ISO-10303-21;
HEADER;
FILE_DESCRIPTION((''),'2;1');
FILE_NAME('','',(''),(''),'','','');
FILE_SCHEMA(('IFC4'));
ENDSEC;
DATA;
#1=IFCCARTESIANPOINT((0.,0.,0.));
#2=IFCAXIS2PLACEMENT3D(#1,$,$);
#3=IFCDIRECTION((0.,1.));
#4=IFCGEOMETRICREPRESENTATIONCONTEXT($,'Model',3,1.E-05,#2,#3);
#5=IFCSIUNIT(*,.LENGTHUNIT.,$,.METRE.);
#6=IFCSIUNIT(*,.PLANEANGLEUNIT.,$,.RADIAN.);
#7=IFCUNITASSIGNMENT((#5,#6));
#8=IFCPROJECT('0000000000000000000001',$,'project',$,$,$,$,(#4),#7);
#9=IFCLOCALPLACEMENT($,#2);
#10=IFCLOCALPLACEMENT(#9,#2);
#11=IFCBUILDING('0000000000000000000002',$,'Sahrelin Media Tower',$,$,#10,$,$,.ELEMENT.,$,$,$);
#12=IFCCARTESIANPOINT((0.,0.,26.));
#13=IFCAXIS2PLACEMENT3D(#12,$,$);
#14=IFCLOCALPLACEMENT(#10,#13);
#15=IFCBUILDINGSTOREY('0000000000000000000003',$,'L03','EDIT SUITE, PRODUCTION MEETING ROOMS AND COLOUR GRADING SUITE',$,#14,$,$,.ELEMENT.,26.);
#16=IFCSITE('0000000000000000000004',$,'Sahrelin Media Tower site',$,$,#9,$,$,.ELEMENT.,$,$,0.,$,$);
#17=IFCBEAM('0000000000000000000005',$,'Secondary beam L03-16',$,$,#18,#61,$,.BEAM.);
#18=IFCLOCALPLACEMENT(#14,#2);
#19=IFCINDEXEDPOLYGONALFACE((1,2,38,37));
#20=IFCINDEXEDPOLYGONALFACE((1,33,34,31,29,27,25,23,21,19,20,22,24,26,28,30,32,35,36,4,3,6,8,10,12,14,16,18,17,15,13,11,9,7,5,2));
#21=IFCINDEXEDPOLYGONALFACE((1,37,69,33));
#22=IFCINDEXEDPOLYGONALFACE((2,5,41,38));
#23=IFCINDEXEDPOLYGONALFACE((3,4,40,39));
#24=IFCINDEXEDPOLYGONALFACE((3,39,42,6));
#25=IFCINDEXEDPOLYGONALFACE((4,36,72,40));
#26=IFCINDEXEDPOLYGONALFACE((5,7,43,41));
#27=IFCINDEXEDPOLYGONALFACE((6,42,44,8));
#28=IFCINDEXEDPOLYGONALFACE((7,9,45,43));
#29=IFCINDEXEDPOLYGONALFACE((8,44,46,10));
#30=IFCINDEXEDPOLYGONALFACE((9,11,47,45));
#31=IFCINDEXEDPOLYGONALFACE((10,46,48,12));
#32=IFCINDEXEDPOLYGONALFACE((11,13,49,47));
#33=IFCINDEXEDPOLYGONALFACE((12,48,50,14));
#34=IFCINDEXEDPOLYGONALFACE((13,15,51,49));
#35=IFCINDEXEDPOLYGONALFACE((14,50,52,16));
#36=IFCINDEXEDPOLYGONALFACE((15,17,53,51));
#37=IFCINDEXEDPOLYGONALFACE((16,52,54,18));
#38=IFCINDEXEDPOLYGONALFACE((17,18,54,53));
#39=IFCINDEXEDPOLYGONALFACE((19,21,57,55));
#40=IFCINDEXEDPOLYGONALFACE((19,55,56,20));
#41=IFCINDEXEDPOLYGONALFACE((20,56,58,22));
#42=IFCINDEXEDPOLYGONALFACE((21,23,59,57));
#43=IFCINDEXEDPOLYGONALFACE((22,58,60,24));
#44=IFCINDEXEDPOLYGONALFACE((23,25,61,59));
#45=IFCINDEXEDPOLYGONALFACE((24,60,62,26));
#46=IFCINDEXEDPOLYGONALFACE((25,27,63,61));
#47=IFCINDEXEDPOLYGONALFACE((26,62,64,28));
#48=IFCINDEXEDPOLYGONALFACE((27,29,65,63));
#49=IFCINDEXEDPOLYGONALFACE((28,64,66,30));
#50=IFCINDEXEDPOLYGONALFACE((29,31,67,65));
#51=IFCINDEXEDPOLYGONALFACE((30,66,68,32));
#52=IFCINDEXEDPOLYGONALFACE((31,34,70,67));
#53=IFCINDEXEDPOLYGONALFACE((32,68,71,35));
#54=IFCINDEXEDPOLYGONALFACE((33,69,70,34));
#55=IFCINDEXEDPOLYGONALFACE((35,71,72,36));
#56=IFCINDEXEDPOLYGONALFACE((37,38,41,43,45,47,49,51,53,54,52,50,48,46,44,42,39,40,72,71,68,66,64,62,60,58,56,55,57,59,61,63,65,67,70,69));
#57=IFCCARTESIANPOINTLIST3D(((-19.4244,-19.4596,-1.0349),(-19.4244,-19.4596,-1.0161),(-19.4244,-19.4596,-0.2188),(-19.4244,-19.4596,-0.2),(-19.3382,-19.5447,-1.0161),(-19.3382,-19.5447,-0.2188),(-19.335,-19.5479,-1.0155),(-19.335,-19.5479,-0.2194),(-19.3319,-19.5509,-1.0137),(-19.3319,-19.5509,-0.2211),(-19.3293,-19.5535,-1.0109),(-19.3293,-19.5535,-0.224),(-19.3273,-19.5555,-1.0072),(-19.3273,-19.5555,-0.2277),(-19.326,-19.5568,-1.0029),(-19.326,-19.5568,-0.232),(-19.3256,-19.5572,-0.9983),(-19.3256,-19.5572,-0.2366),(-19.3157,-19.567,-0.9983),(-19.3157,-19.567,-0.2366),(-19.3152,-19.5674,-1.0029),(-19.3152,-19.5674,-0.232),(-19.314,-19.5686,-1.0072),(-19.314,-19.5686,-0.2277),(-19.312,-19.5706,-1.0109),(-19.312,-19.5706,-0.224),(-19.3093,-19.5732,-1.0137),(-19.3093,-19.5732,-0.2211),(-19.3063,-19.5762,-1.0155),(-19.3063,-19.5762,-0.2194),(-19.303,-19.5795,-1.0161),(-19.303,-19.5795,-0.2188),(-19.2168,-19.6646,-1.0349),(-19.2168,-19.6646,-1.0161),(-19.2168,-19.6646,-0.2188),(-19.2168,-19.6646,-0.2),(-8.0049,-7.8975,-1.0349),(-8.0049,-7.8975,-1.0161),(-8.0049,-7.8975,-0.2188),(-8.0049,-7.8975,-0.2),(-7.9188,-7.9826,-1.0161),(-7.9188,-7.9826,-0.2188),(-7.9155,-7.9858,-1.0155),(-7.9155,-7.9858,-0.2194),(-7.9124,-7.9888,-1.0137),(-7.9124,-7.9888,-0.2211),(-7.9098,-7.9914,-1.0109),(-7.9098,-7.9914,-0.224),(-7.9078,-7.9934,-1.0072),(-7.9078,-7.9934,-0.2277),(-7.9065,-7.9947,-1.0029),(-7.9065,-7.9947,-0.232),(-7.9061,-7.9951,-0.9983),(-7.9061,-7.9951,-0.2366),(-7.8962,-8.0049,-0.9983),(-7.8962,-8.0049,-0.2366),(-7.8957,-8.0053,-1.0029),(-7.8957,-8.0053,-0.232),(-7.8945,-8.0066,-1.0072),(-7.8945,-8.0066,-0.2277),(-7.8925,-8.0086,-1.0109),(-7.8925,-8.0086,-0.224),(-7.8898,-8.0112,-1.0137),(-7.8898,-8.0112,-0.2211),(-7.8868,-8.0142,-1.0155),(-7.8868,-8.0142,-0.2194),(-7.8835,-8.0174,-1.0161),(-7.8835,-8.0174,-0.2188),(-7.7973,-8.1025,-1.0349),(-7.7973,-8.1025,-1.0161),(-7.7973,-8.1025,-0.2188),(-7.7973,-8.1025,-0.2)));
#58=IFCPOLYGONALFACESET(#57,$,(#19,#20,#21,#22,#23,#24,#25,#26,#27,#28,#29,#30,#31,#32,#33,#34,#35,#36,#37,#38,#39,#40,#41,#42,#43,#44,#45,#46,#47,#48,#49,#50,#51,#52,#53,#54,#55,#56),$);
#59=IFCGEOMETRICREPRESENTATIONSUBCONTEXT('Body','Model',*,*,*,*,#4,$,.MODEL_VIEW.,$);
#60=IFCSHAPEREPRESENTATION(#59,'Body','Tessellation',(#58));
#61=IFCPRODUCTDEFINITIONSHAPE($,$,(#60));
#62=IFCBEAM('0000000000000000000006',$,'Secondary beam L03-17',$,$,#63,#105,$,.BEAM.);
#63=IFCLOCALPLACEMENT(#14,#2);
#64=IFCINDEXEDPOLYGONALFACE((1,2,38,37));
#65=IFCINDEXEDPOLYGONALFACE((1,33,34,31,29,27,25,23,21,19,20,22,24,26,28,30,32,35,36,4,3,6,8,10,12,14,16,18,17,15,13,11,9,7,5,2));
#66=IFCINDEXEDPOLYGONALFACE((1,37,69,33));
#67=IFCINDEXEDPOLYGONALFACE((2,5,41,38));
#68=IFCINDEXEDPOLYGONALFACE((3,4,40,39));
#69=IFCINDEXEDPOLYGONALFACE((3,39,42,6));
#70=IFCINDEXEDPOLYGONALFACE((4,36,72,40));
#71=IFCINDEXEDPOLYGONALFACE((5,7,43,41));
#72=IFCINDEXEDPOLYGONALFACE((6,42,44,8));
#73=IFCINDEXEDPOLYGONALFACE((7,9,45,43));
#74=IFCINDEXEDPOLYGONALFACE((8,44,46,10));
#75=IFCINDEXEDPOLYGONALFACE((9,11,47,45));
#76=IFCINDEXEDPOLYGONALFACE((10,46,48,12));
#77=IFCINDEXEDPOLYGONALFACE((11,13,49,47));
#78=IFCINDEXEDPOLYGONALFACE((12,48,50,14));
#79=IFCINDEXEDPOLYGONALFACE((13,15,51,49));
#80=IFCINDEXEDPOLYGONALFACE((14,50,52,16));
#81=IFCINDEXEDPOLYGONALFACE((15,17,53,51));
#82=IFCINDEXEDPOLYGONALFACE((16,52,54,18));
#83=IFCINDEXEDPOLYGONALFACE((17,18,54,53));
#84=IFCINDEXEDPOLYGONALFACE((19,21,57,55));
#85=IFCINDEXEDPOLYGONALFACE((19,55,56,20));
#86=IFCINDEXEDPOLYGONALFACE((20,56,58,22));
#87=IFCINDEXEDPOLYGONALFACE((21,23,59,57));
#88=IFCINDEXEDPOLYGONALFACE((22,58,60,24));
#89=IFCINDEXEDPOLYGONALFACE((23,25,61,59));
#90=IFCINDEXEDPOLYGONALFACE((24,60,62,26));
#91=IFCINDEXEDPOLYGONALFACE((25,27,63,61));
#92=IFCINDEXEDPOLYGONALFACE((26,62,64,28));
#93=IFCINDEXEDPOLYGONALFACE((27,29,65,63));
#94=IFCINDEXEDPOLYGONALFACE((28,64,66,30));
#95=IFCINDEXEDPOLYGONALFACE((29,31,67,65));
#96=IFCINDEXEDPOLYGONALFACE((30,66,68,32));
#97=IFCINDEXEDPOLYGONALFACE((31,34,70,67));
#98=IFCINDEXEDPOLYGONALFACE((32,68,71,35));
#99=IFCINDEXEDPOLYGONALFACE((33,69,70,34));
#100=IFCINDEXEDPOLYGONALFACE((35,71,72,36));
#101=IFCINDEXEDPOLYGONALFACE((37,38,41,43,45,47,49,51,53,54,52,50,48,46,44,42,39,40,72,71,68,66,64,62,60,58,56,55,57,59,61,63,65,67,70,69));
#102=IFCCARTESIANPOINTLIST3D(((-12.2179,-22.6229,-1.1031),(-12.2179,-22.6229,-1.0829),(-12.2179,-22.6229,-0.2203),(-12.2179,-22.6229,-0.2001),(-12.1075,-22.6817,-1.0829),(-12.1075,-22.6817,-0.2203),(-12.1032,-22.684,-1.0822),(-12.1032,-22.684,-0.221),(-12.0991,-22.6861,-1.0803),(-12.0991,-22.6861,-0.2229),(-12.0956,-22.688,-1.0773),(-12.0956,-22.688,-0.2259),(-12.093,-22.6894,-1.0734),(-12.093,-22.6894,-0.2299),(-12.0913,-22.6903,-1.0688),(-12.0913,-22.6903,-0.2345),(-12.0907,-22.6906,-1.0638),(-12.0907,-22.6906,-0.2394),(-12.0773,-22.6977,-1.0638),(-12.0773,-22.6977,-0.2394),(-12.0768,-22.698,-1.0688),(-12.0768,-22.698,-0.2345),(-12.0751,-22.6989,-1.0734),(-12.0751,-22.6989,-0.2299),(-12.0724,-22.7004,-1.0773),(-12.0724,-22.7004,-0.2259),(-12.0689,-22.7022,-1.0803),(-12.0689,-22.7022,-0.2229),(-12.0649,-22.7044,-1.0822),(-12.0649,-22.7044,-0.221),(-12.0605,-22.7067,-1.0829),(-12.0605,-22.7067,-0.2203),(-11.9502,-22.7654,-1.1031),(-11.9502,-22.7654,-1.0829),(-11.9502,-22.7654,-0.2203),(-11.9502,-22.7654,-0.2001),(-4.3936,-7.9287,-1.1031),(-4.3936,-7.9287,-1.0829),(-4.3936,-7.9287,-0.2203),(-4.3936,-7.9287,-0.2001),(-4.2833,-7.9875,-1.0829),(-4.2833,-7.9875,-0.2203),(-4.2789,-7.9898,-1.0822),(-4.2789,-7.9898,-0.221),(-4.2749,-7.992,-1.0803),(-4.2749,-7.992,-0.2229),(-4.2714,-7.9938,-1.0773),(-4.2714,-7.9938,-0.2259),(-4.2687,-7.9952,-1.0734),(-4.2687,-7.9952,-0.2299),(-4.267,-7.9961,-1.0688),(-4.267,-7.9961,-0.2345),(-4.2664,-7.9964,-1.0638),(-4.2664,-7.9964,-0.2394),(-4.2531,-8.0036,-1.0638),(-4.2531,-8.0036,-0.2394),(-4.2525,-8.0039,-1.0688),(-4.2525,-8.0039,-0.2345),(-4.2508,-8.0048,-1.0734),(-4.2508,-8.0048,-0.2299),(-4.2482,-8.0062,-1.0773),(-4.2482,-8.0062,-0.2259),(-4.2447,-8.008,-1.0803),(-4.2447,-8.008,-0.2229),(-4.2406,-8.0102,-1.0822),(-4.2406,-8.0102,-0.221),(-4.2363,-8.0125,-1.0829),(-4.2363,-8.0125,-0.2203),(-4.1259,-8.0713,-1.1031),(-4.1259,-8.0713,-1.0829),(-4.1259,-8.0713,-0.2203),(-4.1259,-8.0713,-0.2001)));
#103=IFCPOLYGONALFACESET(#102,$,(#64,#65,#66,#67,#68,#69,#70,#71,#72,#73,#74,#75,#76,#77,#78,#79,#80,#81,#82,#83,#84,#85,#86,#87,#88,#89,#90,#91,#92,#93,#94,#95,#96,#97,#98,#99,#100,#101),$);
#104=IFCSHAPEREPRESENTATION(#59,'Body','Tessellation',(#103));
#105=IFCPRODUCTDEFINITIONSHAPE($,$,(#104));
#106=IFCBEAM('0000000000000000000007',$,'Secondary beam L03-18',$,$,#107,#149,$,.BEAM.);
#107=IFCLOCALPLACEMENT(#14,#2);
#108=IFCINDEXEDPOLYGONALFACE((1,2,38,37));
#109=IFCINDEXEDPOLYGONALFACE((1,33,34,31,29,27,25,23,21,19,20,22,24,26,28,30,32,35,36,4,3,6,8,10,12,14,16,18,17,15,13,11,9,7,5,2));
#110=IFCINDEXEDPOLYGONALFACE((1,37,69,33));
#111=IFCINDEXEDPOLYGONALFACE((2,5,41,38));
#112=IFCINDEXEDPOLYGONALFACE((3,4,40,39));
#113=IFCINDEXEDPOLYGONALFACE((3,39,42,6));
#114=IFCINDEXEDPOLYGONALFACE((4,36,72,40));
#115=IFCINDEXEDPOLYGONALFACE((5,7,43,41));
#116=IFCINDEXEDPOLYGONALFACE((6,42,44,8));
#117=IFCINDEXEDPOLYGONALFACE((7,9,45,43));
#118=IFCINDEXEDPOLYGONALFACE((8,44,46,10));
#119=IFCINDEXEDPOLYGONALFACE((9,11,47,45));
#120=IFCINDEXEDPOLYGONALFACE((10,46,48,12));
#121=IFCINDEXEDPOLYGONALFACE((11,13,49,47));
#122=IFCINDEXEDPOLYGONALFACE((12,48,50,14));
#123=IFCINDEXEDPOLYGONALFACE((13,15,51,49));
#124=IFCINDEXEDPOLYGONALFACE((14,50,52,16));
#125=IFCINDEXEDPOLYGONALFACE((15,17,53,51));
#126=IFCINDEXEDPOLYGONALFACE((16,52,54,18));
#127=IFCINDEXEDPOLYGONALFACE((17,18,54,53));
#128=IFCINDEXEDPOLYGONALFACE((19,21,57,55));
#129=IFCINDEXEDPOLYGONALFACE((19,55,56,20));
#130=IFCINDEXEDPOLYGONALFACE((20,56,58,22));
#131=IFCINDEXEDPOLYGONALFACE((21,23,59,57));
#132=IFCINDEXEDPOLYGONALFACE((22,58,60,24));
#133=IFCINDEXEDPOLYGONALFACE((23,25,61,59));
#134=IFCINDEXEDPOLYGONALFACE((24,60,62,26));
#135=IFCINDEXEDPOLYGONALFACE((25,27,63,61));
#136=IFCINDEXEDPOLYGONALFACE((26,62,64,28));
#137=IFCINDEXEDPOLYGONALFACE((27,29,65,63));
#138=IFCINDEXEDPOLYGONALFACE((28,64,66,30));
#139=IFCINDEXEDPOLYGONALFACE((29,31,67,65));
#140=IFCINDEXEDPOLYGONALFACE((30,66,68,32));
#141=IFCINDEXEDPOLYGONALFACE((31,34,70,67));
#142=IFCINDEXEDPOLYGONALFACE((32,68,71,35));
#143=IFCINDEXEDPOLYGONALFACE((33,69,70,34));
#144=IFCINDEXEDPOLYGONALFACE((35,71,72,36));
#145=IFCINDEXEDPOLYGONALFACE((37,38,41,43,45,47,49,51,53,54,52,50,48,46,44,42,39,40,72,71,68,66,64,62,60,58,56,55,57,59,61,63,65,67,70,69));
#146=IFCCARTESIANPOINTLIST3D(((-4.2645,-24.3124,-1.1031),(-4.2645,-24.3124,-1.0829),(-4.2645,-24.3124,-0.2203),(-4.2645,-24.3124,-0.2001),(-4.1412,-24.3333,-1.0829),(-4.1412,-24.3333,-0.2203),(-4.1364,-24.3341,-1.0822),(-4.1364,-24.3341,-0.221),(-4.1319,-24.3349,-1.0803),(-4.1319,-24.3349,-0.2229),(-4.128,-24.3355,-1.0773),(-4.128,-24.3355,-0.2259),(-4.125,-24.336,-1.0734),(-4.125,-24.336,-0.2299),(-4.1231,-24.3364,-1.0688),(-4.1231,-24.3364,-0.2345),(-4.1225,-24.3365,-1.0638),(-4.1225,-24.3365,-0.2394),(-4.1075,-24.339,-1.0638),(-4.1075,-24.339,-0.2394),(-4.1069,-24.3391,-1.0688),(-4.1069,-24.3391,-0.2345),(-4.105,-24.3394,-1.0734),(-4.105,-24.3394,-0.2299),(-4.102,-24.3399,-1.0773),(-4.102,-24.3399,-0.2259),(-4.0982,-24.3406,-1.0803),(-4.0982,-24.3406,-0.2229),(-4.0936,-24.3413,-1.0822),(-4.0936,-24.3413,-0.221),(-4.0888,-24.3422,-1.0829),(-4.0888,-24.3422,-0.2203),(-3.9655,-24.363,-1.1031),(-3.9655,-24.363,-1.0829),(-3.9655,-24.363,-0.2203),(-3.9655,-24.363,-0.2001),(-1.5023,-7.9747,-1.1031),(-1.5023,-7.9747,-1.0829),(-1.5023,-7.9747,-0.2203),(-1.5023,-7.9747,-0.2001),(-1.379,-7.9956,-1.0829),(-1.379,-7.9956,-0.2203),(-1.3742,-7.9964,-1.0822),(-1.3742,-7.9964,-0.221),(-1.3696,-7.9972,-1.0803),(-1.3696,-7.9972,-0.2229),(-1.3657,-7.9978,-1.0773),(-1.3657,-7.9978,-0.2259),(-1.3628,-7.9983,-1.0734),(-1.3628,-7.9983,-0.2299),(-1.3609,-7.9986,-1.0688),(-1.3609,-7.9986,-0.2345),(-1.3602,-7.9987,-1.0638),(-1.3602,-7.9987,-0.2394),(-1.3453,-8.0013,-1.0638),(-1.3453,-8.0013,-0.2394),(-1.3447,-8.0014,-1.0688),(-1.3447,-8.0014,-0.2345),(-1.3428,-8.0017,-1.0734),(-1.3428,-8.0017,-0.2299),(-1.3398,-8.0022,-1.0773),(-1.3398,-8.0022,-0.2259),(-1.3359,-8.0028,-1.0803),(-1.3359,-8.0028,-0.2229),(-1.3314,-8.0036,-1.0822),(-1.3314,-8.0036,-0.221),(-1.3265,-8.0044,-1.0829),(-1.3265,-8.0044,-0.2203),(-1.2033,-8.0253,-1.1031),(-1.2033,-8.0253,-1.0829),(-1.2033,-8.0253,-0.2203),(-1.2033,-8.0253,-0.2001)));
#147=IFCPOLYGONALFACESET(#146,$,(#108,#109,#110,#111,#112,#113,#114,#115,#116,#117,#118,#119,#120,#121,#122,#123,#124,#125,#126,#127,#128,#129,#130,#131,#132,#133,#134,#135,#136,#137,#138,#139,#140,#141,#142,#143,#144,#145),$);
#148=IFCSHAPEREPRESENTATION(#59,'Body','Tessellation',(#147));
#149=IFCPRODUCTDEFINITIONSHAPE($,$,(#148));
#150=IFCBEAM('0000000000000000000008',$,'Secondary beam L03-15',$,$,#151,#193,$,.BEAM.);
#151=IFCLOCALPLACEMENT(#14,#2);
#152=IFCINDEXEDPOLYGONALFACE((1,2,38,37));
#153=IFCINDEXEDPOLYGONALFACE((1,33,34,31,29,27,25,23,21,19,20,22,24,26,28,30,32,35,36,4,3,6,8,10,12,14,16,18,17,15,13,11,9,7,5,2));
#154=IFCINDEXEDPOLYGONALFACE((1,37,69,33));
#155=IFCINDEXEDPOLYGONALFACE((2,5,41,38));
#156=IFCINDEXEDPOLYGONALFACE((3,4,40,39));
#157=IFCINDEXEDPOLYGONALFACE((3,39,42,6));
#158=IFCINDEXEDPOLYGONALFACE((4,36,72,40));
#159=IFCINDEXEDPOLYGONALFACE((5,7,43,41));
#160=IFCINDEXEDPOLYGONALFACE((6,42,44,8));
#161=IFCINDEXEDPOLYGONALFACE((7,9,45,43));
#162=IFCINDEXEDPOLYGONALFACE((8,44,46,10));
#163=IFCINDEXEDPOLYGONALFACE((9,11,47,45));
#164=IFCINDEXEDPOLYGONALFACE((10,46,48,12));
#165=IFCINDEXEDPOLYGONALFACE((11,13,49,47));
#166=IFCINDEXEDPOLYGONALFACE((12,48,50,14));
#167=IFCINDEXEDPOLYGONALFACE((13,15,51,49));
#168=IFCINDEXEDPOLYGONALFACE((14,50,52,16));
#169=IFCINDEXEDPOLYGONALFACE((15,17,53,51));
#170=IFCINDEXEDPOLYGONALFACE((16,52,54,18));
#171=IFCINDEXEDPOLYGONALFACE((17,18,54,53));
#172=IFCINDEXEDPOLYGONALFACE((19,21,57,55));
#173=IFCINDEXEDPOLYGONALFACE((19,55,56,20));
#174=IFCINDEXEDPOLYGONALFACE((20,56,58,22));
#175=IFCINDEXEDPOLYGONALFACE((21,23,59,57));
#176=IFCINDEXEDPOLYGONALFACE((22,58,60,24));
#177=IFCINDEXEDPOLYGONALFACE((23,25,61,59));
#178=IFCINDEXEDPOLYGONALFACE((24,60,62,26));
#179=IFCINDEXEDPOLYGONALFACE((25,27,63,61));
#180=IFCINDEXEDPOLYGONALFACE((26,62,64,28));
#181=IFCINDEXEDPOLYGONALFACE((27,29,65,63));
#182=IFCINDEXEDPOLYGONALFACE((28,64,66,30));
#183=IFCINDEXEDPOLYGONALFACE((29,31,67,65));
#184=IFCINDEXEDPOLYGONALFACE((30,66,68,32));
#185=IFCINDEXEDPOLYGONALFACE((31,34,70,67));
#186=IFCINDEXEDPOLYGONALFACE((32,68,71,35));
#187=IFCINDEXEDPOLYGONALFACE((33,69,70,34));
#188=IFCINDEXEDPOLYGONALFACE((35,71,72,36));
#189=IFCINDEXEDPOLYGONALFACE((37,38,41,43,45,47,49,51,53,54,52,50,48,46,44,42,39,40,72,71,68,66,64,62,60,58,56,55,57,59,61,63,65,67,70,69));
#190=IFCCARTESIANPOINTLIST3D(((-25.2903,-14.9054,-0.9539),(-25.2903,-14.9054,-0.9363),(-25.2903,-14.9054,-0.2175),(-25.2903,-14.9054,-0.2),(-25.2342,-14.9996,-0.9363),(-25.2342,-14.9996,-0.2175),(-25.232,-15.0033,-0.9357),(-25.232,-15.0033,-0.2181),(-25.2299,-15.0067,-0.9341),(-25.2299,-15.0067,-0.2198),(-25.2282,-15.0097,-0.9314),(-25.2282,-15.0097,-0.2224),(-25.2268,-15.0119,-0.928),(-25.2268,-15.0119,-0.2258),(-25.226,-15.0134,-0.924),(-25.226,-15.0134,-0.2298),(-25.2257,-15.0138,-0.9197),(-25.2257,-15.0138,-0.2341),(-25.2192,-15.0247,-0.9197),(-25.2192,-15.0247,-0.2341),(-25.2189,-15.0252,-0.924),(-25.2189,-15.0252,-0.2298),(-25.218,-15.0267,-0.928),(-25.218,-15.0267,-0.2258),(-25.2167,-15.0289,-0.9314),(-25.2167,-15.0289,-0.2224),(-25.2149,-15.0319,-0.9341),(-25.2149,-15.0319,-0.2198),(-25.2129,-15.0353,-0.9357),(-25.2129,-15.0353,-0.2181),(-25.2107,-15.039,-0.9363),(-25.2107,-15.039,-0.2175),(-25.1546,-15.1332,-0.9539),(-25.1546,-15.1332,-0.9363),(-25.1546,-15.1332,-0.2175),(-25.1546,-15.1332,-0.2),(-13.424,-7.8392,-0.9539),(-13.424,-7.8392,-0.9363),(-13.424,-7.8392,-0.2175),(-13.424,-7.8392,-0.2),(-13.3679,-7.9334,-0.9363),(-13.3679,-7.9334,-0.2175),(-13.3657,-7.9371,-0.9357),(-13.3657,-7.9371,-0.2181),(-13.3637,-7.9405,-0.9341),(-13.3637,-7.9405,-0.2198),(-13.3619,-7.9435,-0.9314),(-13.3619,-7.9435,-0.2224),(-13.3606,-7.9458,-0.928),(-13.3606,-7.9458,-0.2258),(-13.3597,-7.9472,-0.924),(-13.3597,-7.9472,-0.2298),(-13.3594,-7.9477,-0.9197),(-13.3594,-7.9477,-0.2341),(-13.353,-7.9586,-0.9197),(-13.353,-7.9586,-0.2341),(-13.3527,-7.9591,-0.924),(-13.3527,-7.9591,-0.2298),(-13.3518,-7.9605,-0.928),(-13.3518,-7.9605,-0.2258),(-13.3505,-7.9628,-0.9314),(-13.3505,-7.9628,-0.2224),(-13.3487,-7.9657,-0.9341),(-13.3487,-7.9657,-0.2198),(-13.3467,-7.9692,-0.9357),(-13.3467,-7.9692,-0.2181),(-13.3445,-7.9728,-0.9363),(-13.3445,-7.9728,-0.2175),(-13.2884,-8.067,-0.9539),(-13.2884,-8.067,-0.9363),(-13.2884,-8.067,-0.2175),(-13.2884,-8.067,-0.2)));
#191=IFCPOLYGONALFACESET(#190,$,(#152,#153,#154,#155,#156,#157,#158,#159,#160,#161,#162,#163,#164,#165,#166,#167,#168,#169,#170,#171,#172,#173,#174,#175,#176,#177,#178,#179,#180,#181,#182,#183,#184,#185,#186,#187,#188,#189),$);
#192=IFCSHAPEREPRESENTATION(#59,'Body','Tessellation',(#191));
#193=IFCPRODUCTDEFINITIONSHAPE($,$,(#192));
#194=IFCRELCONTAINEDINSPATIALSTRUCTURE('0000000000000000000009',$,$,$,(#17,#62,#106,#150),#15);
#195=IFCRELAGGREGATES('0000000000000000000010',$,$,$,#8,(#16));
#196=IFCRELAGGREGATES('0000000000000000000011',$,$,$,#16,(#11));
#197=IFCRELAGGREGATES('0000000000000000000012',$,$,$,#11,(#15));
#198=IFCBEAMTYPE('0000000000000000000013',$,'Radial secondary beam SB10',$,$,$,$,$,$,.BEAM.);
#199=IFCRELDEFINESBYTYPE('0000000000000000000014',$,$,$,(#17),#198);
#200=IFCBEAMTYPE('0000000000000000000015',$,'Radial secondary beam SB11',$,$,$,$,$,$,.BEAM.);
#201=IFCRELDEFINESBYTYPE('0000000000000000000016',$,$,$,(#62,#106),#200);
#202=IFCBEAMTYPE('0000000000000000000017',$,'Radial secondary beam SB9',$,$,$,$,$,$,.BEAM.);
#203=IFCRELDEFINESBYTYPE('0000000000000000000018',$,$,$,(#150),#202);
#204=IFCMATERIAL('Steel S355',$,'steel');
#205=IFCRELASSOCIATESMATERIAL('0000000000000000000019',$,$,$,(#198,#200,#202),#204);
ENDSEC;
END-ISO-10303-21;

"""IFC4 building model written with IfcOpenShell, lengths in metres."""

from ifc_helpers import new_model, si_unit, direction, frame, origin, origin_2d, place, context, subcontext, project, spatial, i_section, extrude, material, material_profile, profile_set, type_object, element, save


model = new_model("IFC4")

# Units and contexts
model_context = context("Model", 3, precision=1e-05, world=origin(), true_north=direction((0.0, 1.0)))
body_context = subcontext(model_context, "Body", "Model", "MODEL_VIEW")
ifc_project = project(units=[si_unit("LENGTHUNIT", "METRE"), si_unit("PLANEANGLEUNIT", "RADIAN")], contexts=[model_context])

# Site, building, storey
site_placement = place(None, origin())
site = spatial("IfcSite", under=ifc_project, at=site_placement, Name="Sahrelin Media Tower site", CompositionType="ELEMENT", RefElevation=0.0)
building_placement = place(site_placement, origin())
building = spatial("IfcBuilding", under=site, at=building_placement, Name="Sahrelin Media Tower", CompositionType="ELEMENT")
storey_placement = place(building_placement, frame((0.0, 0.0, 26.0)))
storey = spatial("IfcBuildingStorey", under=building, at=storey_placement, Name="L03", Description="EDIT SUITE, PRODUCTION MEETING ROOMS AND COLOUR GRADING SUITE", CompositionType="ELEMENT", Elevation=26.0)

# Beams
ifc_material_1 = material(Name="Steel S355", Category="steel")
ifc_material_profile_1 = material_profile(ifc_material_1, i_section(OverallWidth=0.2917, OverallDepth=0.835, WebThickness=0.0139, FlangeThickness=0.0188, FilletRadius=0.0178, at=origin_2d()), Name="UB 838x292x176")
ifc_profile_set_1 = profile_set([ifc_material_profile_1], Name="Steel S355")
beam_type_1 = type_object("IfcBeamType", Name="Radial secondary beam SB10", PredefinedType="BEAM", material=ifc_profile_set_1)
beam_1_placement = place(storey_placement, frame((-7.9011, -8.0, -0.6174), z_axis=(-0.702706, -0.71148, 0.0), x_axis=(0.71148, -0.702706, 0.0)))
element("IfcBeam", 1, at=beam_1_placement, inside=storey, type_object=beam_type_1, Name="Secondary beam L03-16", PredefinedType="BEAM", context=body_context, shape_type="SweptSolid", body=[
    extrude(i_section(OverallWidth=0.2917, OverallDepth=0.835, WebThickness=0.0139, FlangeThickness=0.0188, FilletRadius=0.0178, at=origin_2d()), origin(), (0.0, 0.0, 1.0), 16.2507),
])
ifc_material_profile_2 = material_profile(ifc_material_1, i_section(OverallWidth=0.3032, OverallDepth=0.9031, WebThickness=0.0151, FlangeThickness=0.0203, FilletRadius=0.019, at=origin_2d()), Name="UB 914x305x201")
ifc_profile_set_2 = profile_set([ifc_material_profile_2], Name="Steel S355")
beam_type_2 = type_object("IfcBeamType", Name="Radial secondary beam SB11", PredefinedType="BEAM", material=ifc_profile_set_2)
beam_2_placement = place(storey_placement, frame((-4.2598, -8.0, -0.6516), z_axis=(-0.469997, -0.882668, 0.0), x_axis=(0.882668, -0.469997, 0.0)))
element("IfcBeam", 2, at=beam_2_placement, inside=storey, type_object=beam_type_2, Name="Secondary beam L03-17", PredefinedType="BEAM", context=body_context, shape_type="SweptSolid", body=[
    extrude(i_section(OverallWidth=0.3032, OverallDepth=0.9031, WebThickness=0.0151, FlangeThickness=0.0203, FilletRadius=0.019, at=origin_2d()), origin(), (0.0, 0.0, 1.0), 16.6475),
])
beam_3_placement = place(storey_placement, frame((-1.3528, -8.0, -0.6516), z_axis=(-0.166704, -0.986007, 0.0), x_axis=(0.986007, -0.166704, 0.0)))
element("IfcBeam", 3, at=beam_3_placement, inside=storey, type_object=beam_type_2, Name="Secondary beam L03-18", PredefinedType="BEAM", context=body_context, shape_type="SweptSolid", body=[
    extrude(i_section(OverallWidth=0.3032, OverallDepth=0.9031, WebThickness=0.0151, FlangeThickness=0.0203, FilletRadius=0.019, at=origin_2d()), origin(), (0.0, 0.0, 1.0), 16.5696),
])
ifc_material_profile_3 = material_profile(ifc_material_1, i_section(OverallWidth=0.2651, OverallDepth=0.7539, WebThickness=0.0127, FlangeThickness=0.0176, FilletRadius=0.0166, at=origin_2d()), Name="UB 762x267x147")
ifc_profile_set_3 = profile_set([ifc_material_profile_3], Name="Steel S355")
beam_type_3 = type_object("IfcBeamType", Name="Radial secondary beam SB9", PredefinedType="BEAM", material=ifc_profile_set_3)
beam_4_placement = place(storey_placement, frame((-13.3562, -7.9531, -0.5769), z_axis=(-0.859199, -0.511641, 0.0), x_axis=(0.511641, -0.859199, 0.0)))
element("IfcBeam", 4, at=beam_4_placement, inside=storey, type_object=beam_type_3, Name="Secondary beam L03-15", PredefinedType="BEAM", context=body_context, shape_type="SweptSolid", body=[
    extrude(i_section(OverallWidth=0.2651, OverallDepth=0.7539, WebThickness=0.0127, FlangeThickness=0.0176, FilletRadius=0.0166, at=origin_2d()), origin(), (0.0, 0.0, 1.0), 13.8108),
])

save(model, "model.ifc")
